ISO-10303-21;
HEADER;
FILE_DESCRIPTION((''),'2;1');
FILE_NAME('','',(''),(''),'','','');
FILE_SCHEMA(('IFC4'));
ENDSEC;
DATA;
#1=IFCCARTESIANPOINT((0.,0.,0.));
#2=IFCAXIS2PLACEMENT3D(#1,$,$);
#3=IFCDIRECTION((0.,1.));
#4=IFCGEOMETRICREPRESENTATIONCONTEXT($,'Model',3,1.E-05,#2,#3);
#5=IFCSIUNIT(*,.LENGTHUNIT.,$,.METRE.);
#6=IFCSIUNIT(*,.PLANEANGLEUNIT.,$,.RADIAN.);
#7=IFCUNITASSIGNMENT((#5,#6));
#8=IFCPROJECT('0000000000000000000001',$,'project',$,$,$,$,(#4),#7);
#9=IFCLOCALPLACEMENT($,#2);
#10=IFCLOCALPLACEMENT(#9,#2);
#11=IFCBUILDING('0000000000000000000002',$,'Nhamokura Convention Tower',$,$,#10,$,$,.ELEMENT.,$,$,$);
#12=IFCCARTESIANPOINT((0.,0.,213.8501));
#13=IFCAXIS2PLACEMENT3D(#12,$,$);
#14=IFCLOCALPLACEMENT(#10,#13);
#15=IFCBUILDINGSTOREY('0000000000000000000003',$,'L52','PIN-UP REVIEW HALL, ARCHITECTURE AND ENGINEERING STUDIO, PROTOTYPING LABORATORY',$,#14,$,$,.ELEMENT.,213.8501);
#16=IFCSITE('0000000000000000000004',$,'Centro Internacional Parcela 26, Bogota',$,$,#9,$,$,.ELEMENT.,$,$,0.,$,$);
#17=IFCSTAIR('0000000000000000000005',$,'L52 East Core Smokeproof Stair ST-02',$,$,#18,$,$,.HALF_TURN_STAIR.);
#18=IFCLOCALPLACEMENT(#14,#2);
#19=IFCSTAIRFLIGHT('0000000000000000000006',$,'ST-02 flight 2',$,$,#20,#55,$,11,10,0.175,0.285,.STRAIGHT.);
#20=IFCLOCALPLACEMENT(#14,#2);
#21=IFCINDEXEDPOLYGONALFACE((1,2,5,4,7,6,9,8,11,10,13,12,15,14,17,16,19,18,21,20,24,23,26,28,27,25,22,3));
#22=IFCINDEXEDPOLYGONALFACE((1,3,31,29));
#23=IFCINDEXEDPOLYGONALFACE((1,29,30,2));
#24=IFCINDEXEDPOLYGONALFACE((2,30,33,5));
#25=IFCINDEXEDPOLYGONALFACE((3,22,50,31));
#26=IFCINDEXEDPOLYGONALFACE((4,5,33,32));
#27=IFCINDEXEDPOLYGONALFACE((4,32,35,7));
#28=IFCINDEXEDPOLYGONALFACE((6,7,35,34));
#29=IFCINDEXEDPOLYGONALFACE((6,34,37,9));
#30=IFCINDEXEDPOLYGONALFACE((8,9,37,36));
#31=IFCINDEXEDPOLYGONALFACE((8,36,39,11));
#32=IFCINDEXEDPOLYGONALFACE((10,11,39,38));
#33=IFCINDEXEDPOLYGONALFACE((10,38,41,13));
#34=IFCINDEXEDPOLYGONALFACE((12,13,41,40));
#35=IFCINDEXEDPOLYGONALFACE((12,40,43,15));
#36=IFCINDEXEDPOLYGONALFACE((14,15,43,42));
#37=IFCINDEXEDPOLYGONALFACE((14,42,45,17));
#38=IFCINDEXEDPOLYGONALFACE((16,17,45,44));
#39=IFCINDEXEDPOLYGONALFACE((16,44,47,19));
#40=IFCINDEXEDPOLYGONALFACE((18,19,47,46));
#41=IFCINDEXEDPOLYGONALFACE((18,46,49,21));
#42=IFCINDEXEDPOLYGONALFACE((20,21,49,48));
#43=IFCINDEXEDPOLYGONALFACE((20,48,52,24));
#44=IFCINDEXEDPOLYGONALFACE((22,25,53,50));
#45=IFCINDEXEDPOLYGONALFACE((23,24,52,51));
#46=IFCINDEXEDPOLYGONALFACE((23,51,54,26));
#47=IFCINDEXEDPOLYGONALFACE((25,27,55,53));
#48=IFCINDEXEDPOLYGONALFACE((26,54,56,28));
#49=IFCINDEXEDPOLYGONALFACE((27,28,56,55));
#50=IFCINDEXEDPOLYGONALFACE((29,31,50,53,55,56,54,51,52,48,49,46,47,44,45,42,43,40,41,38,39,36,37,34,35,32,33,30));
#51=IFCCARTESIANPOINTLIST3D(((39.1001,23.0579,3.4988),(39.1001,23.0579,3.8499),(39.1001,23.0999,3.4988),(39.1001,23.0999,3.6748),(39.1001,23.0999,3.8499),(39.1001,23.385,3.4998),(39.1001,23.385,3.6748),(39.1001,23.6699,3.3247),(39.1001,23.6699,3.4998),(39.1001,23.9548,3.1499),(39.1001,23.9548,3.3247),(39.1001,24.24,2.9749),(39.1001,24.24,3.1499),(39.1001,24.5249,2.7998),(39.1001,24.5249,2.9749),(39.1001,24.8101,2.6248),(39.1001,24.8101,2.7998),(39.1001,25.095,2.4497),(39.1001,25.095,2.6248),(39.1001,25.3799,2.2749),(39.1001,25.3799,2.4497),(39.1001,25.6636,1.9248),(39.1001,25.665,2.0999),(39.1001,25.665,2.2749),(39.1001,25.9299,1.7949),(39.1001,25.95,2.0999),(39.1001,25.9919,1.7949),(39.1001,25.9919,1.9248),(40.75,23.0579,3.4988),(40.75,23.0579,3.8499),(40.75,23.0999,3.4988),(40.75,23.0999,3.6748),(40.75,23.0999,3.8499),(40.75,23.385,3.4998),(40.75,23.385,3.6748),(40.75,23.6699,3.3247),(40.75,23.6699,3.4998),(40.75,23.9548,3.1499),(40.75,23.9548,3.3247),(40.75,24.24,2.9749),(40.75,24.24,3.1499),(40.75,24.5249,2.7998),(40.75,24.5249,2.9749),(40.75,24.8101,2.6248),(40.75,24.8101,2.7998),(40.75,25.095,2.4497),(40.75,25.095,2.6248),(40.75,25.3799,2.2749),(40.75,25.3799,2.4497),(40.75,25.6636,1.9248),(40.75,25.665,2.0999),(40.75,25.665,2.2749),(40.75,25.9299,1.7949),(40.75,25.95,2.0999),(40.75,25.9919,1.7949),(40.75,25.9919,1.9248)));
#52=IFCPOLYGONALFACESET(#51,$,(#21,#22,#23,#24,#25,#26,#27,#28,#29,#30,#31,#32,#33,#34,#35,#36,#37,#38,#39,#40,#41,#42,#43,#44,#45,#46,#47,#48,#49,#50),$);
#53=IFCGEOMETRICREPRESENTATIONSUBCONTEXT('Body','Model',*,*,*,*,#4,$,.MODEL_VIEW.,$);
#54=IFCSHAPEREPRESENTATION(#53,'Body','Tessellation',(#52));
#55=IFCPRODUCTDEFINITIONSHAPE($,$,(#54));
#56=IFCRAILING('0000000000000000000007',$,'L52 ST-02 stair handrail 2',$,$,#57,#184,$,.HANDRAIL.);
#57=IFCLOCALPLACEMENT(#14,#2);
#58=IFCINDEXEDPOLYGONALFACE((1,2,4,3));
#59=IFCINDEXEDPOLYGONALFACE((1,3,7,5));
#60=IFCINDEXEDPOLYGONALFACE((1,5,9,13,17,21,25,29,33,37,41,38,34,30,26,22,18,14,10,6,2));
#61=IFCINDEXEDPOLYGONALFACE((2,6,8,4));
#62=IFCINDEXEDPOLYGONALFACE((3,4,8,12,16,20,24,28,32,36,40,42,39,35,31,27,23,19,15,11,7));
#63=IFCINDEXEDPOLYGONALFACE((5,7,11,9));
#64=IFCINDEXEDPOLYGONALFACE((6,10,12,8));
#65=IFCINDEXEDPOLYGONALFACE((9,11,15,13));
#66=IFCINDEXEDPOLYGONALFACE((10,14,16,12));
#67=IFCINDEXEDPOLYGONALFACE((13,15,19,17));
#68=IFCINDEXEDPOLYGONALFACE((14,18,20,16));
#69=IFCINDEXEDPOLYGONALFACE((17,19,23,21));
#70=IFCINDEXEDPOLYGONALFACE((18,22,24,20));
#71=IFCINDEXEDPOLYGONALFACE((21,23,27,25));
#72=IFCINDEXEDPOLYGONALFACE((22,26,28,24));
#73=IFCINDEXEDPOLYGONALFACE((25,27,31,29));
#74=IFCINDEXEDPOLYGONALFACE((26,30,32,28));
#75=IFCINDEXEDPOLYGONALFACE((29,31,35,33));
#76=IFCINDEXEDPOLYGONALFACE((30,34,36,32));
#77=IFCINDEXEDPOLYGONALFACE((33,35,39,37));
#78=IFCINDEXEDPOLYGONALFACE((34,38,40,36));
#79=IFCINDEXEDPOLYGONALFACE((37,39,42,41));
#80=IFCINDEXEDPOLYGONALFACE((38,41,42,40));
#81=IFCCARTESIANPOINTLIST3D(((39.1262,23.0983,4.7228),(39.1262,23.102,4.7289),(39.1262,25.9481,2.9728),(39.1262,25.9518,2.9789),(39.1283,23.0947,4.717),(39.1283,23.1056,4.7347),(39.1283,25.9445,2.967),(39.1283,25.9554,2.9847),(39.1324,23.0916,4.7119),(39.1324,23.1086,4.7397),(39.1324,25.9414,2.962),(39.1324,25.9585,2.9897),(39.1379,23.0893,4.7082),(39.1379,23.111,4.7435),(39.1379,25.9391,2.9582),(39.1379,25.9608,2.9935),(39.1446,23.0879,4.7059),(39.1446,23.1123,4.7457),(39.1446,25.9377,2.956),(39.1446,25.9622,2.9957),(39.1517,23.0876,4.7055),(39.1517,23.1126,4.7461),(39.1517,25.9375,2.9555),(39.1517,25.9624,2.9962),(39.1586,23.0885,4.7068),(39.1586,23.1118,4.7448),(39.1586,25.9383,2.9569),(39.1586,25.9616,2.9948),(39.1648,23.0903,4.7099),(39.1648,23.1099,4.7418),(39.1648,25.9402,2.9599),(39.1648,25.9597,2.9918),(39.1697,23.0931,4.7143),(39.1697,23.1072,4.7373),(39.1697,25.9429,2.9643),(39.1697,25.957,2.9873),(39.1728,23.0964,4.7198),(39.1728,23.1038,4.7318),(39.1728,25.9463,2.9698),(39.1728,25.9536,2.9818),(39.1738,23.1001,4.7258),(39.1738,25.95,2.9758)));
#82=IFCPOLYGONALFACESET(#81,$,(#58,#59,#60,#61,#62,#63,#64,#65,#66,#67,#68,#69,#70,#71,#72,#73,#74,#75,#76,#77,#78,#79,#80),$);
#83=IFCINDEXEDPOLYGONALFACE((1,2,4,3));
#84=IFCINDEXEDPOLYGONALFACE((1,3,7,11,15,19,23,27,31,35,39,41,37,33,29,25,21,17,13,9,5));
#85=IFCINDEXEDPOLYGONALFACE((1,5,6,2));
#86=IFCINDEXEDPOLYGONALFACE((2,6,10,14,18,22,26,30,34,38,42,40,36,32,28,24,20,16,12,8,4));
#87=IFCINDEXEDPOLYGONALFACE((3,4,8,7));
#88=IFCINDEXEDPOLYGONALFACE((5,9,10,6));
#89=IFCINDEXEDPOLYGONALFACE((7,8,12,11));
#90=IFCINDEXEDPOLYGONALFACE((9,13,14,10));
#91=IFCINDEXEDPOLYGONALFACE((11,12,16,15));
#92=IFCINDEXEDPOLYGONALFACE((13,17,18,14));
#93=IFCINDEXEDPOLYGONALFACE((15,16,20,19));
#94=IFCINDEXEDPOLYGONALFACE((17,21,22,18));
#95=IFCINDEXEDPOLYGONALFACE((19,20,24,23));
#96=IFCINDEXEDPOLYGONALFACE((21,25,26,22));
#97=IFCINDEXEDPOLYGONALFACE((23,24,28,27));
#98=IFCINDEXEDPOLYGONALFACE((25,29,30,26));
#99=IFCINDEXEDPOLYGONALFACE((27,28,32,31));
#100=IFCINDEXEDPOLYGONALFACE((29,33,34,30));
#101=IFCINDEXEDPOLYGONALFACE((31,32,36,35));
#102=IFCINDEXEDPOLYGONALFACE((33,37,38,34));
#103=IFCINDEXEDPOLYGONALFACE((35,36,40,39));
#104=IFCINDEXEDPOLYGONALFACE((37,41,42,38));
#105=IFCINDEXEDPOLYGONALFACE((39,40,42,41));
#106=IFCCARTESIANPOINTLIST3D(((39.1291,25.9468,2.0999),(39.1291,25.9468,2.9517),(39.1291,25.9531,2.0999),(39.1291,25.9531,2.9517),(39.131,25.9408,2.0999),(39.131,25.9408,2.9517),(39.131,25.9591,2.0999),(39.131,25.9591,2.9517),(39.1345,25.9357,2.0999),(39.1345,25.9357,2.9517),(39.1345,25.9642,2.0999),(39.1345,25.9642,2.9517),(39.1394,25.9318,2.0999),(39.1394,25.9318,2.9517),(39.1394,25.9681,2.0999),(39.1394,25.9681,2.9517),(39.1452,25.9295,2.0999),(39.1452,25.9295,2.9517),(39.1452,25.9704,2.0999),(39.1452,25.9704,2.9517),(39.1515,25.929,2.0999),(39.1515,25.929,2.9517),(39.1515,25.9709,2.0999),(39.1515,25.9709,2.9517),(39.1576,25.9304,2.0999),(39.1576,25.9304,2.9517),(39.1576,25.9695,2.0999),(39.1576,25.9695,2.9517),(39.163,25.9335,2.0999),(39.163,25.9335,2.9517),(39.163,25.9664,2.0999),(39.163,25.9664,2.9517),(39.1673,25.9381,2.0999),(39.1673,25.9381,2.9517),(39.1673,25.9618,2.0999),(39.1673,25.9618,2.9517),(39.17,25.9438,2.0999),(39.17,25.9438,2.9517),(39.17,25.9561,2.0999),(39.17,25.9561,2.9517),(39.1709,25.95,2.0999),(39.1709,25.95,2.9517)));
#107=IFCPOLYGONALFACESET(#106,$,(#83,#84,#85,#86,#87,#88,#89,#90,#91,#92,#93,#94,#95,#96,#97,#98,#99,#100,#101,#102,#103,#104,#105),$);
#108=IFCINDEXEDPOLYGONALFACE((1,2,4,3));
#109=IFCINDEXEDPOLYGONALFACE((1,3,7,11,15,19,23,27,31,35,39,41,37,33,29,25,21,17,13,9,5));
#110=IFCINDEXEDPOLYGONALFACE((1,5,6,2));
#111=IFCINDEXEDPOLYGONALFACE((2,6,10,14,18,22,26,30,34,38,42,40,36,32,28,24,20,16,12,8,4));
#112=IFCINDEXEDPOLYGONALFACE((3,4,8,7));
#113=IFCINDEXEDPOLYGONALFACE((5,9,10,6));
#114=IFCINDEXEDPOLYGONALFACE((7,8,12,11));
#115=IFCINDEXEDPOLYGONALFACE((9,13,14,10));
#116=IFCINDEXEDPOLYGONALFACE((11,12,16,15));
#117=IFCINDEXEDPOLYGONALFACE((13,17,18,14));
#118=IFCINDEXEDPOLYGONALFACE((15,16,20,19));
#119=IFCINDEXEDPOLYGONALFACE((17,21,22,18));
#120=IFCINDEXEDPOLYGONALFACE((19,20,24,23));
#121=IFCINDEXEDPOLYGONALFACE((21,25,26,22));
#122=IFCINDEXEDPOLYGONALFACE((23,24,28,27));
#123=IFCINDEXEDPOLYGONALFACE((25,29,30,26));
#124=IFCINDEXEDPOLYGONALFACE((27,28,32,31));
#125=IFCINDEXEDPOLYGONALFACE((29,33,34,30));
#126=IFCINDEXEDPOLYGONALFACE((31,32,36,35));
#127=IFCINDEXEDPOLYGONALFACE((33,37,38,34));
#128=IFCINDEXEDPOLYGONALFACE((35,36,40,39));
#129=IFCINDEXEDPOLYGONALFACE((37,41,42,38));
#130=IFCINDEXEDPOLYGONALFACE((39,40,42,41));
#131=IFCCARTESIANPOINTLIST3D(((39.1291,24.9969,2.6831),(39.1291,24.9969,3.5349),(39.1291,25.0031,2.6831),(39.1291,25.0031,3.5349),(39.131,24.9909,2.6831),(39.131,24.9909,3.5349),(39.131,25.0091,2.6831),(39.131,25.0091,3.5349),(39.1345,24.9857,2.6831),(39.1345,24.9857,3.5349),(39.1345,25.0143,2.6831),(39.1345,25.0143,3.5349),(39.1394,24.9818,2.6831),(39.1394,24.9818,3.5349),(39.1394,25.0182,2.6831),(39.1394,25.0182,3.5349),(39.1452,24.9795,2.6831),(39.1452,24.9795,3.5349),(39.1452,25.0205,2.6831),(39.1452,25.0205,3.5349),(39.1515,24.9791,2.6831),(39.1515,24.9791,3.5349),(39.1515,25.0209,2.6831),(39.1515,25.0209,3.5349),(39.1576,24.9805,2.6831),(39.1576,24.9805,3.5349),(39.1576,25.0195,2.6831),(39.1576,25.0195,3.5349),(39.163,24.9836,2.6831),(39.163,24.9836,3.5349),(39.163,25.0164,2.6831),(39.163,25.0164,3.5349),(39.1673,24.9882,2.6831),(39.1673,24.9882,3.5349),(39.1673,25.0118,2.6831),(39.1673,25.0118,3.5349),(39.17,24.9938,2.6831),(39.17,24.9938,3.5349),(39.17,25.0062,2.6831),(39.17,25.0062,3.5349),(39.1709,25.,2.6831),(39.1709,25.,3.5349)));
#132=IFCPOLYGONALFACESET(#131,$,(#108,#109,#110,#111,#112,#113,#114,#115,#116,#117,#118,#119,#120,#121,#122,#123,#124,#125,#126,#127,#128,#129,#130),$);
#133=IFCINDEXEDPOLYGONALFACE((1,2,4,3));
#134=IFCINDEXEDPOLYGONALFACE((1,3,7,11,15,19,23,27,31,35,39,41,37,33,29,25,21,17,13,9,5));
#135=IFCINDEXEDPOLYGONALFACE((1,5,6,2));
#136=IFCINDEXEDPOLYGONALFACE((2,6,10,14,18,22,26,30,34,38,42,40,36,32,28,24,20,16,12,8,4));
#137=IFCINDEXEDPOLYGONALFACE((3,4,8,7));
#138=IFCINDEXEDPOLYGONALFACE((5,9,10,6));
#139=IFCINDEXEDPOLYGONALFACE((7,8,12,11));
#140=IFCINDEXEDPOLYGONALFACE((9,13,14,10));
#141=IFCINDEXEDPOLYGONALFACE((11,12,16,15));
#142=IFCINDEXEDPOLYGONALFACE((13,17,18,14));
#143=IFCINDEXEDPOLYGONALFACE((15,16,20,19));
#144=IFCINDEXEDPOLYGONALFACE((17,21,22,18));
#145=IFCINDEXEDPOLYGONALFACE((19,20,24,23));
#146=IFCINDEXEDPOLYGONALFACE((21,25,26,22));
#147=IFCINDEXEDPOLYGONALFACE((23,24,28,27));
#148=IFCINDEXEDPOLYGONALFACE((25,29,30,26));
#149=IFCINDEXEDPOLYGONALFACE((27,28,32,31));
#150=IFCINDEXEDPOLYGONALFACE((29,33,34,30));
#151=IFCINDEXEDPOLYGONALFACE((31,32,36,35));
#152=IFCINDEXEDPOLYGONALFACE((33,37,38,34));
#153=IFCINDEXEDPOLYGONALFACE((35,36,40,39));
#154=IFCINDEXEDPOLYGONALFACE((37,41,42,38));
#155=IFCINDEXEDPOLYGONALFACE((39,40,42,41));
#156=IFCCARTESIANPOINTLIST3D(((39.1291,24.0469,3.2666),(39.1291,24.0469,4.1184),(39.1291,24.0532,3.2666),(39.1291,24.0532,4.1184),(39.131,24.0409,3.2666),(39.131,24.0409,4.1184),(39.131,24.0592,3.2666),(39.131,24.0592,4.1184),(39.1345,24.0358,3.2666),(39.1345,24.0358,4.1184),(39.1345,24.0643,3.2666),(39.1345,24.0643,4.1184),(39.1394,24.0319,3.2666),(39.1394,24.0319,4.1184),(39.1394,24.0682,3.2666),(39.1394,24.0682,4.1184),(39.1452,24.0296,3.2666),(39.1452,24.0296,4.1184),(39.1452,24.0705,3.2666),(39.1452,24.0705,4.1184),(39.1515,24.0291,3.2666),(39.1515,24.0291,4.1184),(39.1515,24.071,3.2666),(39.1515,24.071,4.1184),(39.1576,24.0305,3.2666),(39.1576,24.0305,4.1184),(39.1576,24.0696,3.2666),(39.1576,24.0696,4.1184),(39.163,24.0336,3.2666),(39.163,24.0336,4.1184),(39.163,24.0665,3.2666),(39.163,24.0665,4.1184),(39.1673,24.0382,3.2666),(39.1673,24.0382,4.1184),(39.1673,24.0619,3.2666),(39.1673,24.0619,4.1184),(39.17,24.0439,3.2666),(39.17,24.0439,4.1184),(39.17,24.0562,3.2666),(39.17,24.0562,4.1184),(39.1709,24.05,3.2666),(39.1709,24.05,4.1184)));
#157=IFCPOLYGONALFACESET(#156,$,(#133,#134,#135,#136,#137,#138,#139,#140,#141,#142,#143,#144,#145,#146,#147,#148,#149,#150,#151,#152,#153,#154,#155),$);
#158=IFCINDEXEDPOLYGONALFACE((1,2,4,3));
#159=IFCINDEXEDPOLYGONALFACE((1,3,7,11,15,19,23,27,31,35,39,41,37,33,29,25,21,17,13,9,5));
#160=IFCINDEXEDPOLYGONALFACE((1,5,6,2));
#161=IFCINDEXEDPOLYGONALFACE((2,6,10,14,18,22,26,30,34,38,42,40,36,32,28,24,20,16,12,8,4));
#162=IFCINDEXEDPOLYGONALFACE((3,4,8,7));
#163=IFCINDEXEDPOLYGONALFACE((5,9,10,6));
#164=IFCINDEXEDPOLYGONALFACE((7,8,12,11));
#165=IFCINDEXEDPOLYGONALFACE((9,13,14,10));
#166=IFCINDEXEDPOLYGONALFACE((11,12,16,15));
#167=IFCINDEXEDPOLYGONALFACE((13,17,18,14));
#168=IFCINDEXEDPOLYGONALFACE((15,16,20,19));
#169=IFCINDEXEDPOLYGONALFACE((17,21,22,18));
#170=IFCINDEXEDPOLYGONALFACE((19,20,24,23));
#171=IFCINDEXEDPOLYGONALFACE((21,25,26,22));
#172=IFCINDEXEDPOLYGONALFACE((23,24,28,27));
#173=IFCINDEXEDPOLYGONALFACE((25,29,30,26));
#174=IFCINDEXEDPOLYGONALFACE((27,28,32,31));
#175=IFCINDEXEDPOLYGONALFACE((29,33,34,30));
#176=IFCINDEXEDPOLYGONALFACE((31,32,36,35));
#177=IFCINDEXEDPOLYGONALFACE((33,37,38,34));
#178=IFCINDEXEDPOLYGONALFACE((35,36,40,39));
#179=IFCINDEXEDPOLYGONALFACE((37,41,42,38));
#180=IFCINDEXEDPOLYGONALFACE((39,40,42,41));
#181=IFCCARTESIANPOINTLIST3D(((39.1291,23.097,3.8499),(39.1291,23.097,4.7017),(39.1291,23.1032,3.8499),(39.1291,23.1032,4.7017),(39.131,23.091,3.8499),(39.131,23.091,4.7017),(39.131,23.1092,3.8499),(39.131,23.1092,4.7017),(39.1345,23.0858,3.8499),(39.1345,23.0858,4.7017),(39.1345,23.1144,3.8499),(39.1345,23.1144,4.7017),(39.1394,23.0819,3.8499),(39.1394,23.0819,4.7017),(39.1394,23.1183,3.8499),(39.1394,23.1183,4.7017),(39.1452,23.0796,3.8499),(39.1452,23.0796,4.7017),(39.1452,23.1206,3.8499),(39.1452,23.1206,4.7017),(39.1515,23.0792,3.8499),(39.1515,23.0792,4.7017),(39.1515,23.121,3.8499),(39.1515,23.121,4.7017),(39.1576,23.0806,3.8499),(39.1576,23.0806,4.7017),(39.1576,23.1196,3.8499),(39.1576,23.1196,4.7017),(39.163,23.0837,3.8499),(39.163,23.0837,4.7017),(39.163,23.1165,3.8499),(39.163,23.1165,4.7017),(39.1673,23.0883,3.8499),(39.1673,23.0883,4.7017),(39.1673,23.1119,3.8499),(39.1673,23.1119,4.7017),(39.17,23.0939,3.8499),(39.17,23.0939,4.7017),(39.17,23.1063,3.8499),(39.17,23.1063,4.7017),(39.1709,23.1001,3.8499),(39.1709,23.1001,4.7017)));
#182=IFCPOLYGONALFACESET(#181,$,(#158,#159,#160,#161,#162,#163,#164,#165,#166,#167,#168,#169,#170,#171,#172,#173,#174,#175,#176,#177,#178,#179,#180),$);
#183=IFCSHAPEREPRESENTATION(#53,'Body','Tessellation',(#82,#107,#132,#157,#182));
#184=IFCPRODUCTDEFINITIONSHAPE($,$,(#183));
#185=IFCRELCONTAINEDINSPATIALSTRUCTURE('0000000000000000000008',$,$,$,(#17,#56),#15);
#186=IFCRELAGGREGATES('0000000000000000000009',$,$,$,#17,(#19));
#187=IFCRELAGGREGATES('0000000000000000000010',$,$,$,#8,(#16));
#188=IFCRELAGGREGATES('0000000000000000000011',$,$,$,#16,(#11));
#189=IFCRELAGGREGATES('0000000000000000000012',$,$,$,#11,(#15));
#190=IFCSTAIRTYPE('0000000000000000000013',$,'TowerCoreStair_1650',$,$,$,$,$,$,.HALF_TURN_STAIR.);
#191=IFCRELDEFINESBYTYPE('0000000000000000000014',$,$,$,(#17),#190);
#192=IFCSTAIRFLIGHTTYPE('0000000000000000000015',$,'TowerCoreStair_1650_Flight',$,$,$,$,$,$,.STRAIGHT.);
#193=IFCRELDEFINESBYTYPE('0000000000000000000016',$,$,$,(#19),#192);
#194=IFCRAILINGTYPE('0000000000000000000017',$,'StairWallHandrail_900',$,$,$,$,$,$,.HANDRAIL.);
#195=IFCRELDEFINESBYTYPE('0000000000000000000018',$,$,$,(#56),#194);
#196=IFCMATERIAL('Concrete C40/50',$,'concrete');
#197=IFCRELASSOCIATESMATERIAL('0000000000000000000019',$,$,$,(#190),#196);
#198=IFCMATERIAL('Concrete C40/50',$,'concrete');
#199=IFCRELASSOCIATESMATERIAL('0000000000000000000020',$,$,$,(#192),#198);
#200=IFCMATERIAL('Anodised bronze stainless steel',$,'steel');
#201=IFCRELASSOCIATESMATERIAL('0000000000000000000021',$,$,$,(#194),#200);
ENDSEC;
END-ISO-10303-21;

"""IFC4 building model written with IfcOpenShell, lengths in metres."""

from ifc_helpers import new_model, si_unit, direction, frame, origin, origin_2d, place, context, subcontext, project, spatial, polyline, circle, outline, extrude, material, type_object, element, aggregate, save


model = new_model("IFC4")

# Units and contexts
model_context = context("Model", 3, precision=1e-05, world=origin(), true_north=direction((0.0, 1.0)))
body_context = subcontext(model_context, "Body", "Model", "MODEL_VIEW")
ifc_project = project(units=[si_unit("LENGTHUNIT", "METRE"), si_unit("PLANEANGLEUNIT", "RADIAN")], contexts=[model_context])

# Site, building, storey
site_placement = place(None, origin())
site = spatial("IfcSite", under=ifc_project, at=site_placement, Name="Centro Internacional Parcela 26, Bogota", CompositionType="ELEMENT", RefElevation=0.0)
building_placement = place(site_placement, origin())
building = spatial("IfcBuilding", under=site, at=building_placement, Name="Nhamokura Convention Tower", CompositionType="ELEMENT")
storey_placement = place(building_placement, frame((0.0, 0.0, 213.8501)))
storey = spatial("IfcBuildingStorey", under=building, at=storey_placement, Name="L52", Description="PIN-UP REVIEW HALL, ARCHITECTURE AND ENGINEERING STUDIO, PROTOTYPING LABORATORY", CompositionType="ELEMENT", Elevation=213.8501)

# Stair, stair flight
ifc_material_1 = material(Name="Concrete C40/50", Category="concrete")
stair_type = type_object("IfcStairType", Name="TowerCoreStair_1650", PredefinedType="HALF_TURN_STAIR", material=ifc_material_1)
stair_placement = place(storey_placement, origin())
stair = element("IfcStair", 1, at=stair_placement, inside=storey, type_object=stair_type, Name="L52 East Core Smokeproof Stair ST-02", PredefinedType="HALF_TURN_STAIR")
ifc_material_2 = material(Name="Concrete C40/50", Category="concrete")
stair_flight_type = type_object("IfcStairFlightType", Name="TowerCoreStair_1650_Flight", PredefinedType="STRAIGHT", material=ifc_material_2)
stair_flight_1_placement = place(storey_placement, frame((39.925, 25.95, 1.9248), z_axis=(0.0, 0.0, 1.0), x_axis=(0.0, -1.0, 0.0)))
stair_flight_1 = element("IfcStairFlight", 2, at=stair_flight_1_placement, type_object=stair_flight_type, Name="ST-02 flight 2", NumberOfRisers=11, NumberOfTreads=10, PredefinedType="STRAIGHT", RiserHeight=0.175, TreadLength=0.285, context=body_context, shape_type="SweptSolid", body=[
    extrude(outline(polyline([(-0.042, 0.0), (0.0, 0.175), (0.2849, 0.175), (0.2849, 0.3501), (0.5701, 0.3501), (0.5701, 0.5249), (0.855, 0.5249), (0.855, 0.7), (1.1399, 0.7), (1.1399, 0.875), (1.425, 0.875), (1.425, 1.05), (1.71, 1.05), (1.71, 1.2251), (1.9951, 1.2251), (1.9951, 1.3999), (2.28, 1.3999), (2.28, 1.575), (2.5649, 1.575), (2.5649, 1.75), (2.8501, 1.75), (2.8501, 1.925), (2.8921, 1.925), (2.8921, 1.574), (2.8501, 1.574), (0.2864, 0.0), (0.02, -0.1299), (-0.042, -0.1299), (-0.042, 0.0)])), frame((0.0, 0.825, 0.0), z_axis=(0.0, -1.0, 0.0), x_axis=(1.0, 0.0, 0.0)), (0.0, 0.0, 1.0), 1.6499),
])
aggregate(stair, [stair_flight_1])

# Railing
ifc_material_3 = material(Name="Anodised bronze stainless steel", Category="steel")
railing_type_1 = type_object("IfcRailingType", Name="StairWallHandrail_900", PredefinedType="HANDRAIL", material=ifc_material_3)
railing_1_placement = place(storey_placement, frame((39.1499, 25.95, 2.0999)))
element("IfcRailing", 3, at=railing_1_placement, inside=storey, type_object=railing_type_1, Name="L52 ST-02 stair handrail 2", PredefinedType="HANDRAIL", context=body_context, shape_type="SweptSolid", body=[
    extrude(circle(Radius=0.0239, at=origin_2d()), frame((0.0, 0.0, 0.876), z_axis=(0.0, -0.852159, 0.523283), x_axis=(1.0, 0.0, 0.0)), (0.0, 0.0, 1.0), 3.3442),
    extrude(circle(Radius=0.021, at=origin_2d()), origin(), (0.0, 0.0, 1.0), 0.8518),
    extrude(circle(Radius=0.021, at=origin_2d()), frame((0.0, -0.95, 0.5833)), (0.0, 0.0, 1.0), 0.8518),
    extrude(circle(Radius=0.021, at=origin_2d()), frame((0.0, -1.8999, 1.1667)), (0.0, 0.0, 1.0), 0.8518),
    extrude(circle(Radius=0.021, at=origin_2d()), frame((0.0, -2.8499, 1.75)), (0.0, 0.0, 1.0), 0.8518),
])

save(model, "model.ifc")
